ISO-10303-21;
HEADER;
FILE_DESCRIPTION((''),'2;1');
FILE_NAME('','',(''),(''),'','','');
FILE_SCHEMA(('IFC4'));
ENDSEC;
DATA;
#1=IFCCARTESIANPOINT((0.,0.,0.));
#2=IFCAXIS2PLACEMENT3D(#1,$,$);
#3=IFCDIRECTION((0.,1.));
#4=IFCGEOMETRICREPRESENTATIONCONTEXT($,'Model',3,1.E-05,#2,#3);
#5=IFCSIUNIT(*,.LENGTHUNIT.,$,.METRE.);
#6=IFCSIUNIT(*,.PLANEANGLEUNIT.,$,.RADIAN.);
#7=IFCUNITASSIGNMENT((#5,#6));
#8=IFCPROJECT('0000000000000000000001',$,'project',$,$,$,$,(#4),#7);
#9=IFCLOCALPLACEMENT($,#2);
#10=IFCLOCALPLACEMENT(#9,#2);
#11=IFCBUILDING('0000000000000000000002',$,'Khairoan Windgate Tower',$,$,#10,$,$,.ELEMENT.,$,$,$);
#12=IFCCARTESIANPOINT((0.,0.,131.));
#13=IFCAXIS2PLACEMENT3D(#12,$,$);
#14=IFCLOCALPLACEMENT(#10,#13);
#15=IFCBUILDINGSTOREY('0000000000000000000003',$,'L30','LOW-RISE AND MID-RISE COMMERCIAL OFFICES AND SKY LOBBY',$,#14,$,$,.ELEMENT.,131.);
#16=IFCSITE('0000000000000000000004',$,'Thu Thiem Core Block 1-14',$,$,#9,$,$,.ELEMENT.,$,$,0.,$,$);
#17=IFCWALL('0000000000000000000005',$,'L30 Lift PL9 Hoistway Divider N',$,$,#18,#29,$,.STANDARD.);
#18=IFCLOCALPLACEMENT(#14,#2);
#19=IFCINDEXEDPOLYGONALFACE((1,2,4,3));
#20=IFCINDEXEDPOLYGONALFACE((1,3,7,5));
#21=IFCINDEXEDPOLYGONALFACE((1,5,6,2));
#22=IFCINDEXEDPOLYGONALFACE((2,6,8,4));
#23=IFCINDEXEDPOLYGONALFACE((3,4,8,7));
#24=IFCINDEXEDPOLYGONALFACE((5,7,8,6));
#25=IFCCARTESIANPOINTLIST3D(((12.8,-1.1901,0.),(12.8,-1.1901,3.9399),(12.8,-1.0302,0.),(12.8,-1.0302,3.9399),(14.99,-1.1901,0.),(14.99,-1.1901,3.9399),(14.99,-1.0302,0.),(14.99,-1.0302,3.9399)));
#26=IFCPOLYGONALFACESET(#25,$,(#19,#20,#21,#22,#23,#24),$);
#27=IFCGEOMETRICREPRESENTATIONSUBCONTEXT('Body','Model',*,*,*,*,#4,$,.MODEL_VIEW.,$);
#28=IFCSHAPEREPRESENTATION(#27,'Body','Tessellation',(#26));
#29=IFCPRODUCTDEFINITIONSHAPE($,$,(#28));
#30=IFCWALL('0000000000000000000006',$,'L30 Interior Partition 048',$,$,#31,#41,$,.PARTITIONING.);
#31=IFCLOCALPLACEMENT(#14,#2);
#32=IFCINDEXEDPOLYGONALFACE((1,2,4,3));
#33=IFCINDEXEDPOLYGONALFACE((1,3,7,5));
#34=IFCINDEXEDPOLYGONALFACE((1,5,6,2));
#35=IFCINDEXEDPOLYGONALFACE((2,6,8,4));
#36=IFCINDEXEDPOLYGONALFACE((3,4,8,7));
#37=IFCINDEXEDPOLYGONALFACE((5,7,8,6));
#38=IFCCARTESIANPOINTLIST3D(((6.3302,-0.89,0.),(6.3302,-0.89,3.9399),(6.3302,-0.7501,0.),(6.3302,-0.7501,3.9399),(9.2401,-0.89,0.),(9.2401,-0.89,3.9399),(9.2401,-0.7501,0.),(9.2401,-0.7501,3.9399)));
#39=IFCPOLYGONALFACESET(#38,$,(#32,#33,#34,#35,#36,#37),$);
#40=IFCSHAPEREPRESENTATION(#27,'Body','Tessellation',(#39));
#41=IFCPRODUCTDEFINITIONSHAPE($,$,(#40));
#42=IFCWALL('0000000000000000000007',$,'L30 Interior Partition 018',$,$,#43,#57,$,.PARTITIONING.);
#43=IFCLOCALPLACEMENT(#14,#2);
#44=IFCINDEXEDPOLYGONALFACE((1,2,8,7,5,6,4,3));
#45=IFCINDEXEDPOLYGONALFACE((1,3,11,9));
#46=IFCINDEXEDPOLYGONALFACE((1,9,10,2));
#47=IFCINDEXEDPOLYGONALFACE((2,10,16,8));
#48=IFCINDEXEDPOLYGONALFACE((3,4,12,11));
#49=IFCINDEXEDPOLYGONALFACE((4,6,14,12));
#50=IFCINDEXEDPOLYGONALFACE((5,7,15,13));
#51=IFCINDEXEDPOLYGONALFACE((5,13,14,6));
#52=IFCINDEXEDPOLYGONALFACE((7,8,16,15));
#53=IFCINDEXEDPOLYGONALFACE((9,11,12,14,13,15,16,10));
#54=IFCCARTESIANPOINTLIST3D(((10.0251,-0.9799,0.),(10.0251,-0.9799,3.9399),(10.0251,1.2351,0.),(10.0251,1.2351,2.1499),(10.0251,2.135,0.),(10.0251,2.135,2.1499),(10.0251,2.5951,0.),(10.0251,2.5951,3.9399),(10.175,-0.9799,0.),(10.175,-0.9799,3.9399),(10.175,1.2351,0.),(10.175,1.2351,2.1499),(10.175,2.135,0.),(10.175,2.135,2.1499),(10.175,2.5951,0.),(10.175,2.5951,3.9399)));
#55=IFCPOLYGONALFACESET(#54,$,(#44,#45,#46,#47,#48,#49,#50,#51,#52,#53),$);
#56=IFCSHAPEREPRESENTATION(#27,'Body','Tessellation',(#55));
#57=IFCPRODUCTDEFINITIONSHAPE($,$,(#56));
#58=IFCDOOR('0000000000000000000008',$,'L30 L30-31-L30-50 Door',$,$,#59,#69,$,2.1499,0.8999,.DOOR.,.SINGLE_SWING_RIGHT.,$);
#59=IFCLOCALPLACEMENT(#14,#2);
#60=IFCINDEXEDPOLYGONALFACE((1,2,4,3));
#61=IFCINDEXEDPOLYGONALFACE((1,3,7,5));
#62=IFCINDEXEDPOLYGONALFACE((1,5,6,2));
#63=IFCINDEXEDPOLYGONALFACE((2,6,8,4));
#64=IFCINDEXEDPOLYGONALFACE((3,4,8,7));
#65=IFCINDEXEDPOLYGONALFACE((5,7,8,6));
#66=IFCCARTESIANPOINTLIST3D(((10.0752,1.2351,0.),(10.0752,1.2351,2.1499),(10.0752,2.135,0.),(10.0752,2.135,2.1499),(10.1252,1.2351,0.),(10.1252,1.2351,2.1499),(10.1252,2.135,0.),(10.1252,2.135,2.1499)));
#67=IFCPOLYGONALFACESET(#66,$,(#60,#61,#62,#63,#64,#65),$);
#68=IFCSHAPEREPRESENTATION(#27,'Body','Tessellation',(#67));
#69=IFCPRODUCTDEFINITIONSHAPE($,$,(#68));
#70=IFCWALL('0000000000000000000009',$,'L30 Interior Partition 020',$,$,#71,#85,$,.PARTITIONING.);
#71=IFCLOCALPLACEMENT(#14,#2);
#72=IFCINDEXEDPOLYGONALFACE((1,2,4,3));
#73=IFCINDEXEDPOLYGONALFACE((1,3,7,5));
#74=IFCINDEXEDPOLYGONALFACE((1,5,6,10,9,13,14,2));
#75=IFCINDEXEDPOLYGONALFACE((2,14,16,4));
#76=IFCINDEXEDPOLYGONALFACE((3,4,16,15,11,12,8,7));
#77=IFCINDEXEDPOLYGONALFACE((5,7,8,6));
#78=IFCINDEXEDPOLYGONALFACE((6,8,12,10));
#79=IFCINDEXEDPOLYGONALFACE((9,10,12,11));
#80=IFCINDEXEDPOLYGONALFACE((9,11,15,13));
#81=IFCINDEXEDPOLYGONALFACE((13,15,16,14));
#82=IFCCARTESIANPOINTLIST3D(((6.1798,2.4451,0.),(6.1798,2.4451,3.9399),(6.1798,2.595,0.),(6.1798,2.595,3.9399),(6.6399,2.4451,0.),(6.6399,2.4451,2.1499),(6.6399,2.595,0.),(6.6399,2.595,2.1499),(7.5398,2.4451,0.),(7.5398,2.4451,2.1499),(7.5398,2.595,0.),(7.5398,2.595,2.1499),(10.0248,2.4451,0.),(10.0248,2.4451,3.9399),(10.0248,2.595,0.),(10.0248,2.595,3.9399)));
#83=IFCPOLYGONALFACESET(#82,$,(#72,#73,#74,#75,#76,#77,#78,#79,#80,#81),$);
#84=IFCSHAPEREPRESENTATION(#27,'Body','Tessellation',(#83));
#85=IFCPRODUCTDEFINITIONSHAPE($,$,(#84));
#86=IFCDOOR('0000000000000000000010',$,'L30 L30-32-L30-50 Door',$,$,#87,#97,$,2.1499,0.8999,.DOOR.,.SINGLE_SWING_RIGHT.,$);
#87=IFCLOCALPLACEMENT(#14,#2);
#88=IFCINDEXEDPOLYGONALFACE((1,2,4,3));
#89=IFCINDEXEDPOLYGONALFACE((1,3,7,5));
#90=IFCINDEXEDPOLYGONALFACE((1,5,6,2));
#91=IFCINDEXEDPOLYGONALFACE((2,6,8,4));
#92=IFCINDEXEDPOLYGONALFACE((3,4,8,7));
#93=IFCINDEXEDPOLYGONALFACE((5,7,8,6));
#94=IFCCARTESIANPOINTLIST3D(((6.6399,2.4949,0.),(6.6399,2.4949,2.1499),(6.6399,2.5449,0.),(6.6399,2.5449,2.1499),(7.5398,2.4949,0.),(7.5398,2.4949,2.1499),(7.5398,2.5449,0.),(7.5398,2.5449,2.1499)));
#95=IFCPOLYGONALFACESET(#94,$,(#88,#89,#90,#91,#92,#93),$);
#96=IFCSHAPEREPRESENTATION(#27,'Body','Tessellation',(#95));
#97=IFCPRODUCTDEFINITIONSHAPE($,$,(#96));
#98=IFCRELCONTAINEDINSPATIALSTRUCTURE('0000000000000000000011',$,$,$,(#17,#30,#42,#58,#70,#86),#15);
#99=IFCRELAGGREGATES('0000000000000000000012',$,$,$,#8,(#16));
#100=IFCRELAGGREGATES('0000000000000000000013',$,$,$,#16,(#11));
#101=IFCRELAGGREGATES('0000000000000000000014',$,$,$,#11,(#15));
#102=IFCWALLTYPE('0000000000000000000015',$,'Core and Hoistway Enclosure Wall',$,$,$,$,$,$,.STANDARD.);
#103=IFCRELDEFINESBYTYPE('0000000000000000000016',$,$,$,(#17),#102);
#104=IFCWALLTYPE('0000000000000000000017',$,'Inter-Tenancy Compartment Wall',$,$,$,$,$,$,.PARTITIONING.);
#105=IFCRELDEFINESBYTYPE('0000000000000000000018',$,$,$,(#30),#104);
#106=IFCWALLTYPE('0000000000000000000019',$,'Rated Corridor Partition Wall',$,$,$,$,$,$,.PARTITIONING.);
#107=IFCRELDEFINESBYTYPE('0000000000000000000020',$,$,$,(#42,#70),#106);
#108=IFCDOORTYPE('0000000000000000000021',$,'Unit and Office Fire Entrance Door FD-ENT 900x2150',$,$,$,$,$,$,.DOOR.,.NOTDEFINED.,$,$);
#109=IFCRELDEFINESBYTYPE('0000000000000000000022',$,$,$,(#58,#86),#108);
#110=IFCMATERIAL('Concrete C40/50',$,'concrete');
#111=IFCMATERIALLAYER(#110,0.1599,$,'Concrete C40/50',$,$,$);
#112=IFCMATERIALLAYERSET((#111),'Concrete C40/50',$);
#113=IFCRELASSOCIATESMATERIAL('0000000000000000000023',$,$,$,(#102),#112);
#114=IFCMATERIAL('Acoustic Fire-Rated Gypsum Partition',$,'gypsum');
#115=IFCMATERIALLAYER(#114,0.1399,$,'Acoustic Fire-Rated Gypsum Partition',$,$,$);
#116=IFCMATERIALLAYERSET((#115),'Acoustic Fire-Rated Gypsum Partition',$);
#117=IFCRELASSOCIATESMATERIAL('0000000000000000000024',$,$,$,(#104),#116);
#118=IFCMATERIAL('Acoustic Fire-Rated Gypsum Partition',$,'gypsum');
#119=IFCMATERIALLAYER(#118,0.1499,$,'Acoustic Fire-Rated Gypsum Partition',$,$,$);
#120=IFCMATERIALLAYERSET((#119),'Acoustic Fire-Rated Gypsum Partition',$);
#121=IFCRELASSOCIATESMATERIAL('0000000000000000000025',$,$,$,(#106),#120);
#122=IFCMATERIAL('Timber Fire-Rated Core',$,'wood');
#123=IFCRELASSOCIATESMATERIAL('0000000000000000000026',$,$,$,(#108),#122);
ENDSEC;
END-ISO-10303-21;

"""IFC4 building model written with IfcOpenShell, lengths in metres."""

from ifc_helpers import new_model, si_unit, direction, frame, frame_2d, origin, place, context, subcontext, project, spatial, rectangle, extrude, material, layer, layer_set, type_object, element, fill, save


model = new_model("IFC4")

# Units and contexts
model_context = context("Model", 3, precision=1e-05, world=origin(), true_north=direction((0.0, 1.0)))
body_context = subcontext(model_context, "Body", "Model", "MODEL_VIEW")
ifc_project = project(units=[si_unit("LENGTHUNIT", "METRE"), si_unit("PLANEANGLEUNIT", "RADIAN")], contexts=[model_context])

# Site, building, storey
site_placement = place(None, origin())
site = spatial("IfcSite", under=ifc_project, at=site_placement, Name="Thu Thiem Core Block 1-14", CompositionType="ELEMENT", RefElevation=0.0)
building_placement = place(site_placement, origin())
building = spatial("IfcBuilding", under=site, at=building_placement, Name="Khairoan Windgate Tower", CompositionType="ELEMENT")
storey_placement = place(building_placement, frame((0.0, 0.0, 131.0)))
storey = spatial("IfcBuildingStorey", under=building, at=storey_placement, Name="L30", Description="LOW-RISE AND MID-RISE COMMERCIAL OFFICES AND SKY LOBBY", CompositionType="ELEMENT", Elevation=131.0)

# Walls
ifc_material_1 = material(Name="Concrete C40/50", Category="concrete")
ifc_layer_1 = layer(ifc_material_1, 0.1599, Name="Concrete C40/50")
ifc_layer_set_1 = layer_set([ifc_layer_1], Name="Concrete C40/50")
wall_type_1 = type_object("IfcWallType", Name="Core and Hoistway Enclosure Wall", PredefinedType="STANDARD", material=ifc_layer_set_1)
for number, where, z_axis, x_axis, name in (
    (1, (12.8, -1.1101, 0.0), (0.0, 0.0, 1.0), (1.0, 0.0, 0.0), "L30 Lift PL9 Hoistway Divider N"),
):
    element("IfcWall", number, at=place(storey_placement, frame(where, z_axis=z_axis, x_axis=x_axis)), inside=storey, type_object=wall_type_1, Name=name, PredefinedType="STANDARD", context=body_context, shape_type="SweptSolid", body=[
        extrude(rectangle(XDim=2.1899, YDim=0.1599, at=frame_2d((1.095, 0.0))), origin(), (0.0, 0.0, 1.0), 3.9399),
    ])
ifc_material_2 = material(Name="Acoustic Fire-Rated Gypsum Partition", Category="gypsum")
ifc_layer_2 = layer(ifc_material_2, 0.1399, Name="Acoustic Fire-Rated Gypsum Partition")
ifc_layer_set_2 = layer_set([ifc_layer_2], Name="Acoustic Fire-Rated Gypsum Partition")
wall_type_2 = type_object("IfcWallType", Name="Inter-Tenancy Compartment Wall", PredefinedType="PARTITIONING", material=ifc_layer_set_2)
wall_1_placement = place(storey_placement, frame((6.3301, -0.8201, 0.0), z_axis=(0.0, 0.0, 1.0), x_axis=(1.0, 0.0, 0.0)))
element("IfcWall", 2, at=wall_1_placement, inside=storey, type_object=wall_type_2, Name="L30 Interior Partition 048", PredefinedType="PARTITIONING", context=body_context, shape_type="SweptSolid", body=[
    extrude(rectangle(XDim=2.9099, YDim=0.1399, at=frame_2d((1.4551, 0.0))), origin(), (0.0, 0.0, 1.0), 3.9399),
])

# Walls, openings, doors
ifc_material_3 = material(Name="Acoustic Fire-Rated Gypsum Partition", Category="gypsum")
ifc_layer_3 = layer(ifc_material_3, 0.1499, Name="Acoustic Fire-Rated Gypsum Partition")
ifc_layer_set_3 = layer_set([ifc_layer_3], Name="Acoustic Fire-Rated Gypsum Partition")
wall_type_3 = type_object("IfcWallType", Name="Rated Corridor Partition Wall", PredefinedType="PARTITIONING", material=ifc_layer_set_3)
wall_2_placement = place(storey_placement, frame((10.1001, -0.98, 0.0), z_axis=(0.0, 0.0, 1.0), x_axis=(0.0, 1.0, 0.0)))
wall_2 = element("IfcWall", 3, at=wall_2_placement, inside=storey, type_object=wall_type_3, Name="L30 Interior Partition 018", PredefinedType="PARTITIONING", context=body_context, shape_type="SweptSolid", body=[
    extrude(rectangle(XDim=3.575, YDim=0.1499, at=frame_2d((1.7876, 0.0))), origin(), (0.0, 0.0, 1.0), 3.9399),
])
opening_1_placement = place(wall_2_placement, frame((2.2151, 0.0, 0.0)))
opening_1 = element("IfcOpeningElement", 4, at=opening_1_placement, cuts=wall_2, PredefinedType="OPENING", context=body_context, shape_type="SweptSolid", body=[
    extrude(rectangle(XDim=0.8999, YDim=2.1499, at=frame_2d((0.45, 1.075))), frame((0.0, 0.085, 0.0), z_axis=(0.0, -1.0, 0.0), x_axis=(1.0, 0.0, 0.0)), (0.0, 0.0, 1.0), 0.1699),
])
ifc_material_4 = material(Name="Timber Fire-Rated Core", Category="wood")
door_type = type_object("IfcDoorType", Name="Unit and Office Fire Entrance Door FD-ENT 900x2150", OperationType="NOTDEFINED", PredefinedType="DOOR", material=ifc_material_4)
door_1_placement = place(opening_1_placement, origin())
door_1 = element("IfcDoor", 5, at=door_1_placement, inside=storey, type_object=door_type, Name="L30 L30-31-L30-50 Door", OperationType="SINGLE_SWING_RIGHT", OverallHeight=2.1499, OverallWidth=0.8999, PredefinedType="DOOR", context=body_context, shape_type="SweptSolid", body=[
    extrude(rectangle(XDim=0.8999, YDim=2.1499, at=frame_2d((0.45, 1.075))), frame((0.0, 0.0249, 0.0), z_axis=(0.0, -1.0, 0.0), x_axis=(1.0, 0.0, 0.0)), (0.0, 0.0, 1.0), 0.05),
])
fill(opening_1, door_1)
wall_3_placement = place(storey_placement, frame((6.1799, 2.52, 0.0), z_axis=(0.0, 0.0, 1.0), x_axis=(1.0, 0.0, 0.0)))
wall_3 = element("IfcWall", 6, at=wall_3_placement, inside=storey, type_object=wall_type_3, Name="L30 Interior Partition 020", PredefinedType="PARTITIONING", context=body_context, shape_type="SweptSolid", body=[
    extrude(rectangle(XDim=3.845, YDim=0.1499, at=frame_2d((1.9224, 0.0))), origin(), (0.0, 0.0, 1.0), 3.9399),
])
opening_2_placement = place(wall_3_placement, frame((0.46, 0.0, 0.0)))
opening_2 = element("IfcOpeningElement", 7, at=opening_2_placement, cuts=wall_3, PredefinedType="OPENING", context=body_context, shape_type="SweptSolid", body=[
    extrude(rectangle(XDim=0.8999, YDim=2.1499, at=frame_2d((0.45, 1.075))), frame((0.0, 0.085, 0.0), z_axis=(0.0, -1.0, 0.0), x_axis=(1.0, 0.0, 0.0)), (0.0, 0.0, 1.0), 0.1699),
])
door_2_placement = place(opening_2_placement, origin())
door_2 = element("IfcDoor", 8, at=door_2_placement, inside=storey, type_object=door_type, Name="L30 L30-32-L30-50 Door", OperationType="SINGLE_SWING_RIGHT", OverallHeight=2.1499, OverallWidth=0.8999, PredefinedType="DOOR", context=body_context, shape_type="SweptSolid", body=[
    extrude(rectangle(XDim=0.8999, YDim=2.1499, at=frame_2d((0.45, 1.075))), frame((0.0, 0.0249, 0.0), z_axis=(0.0, -1.0, 0.0), x_axis=(1.0, 0.0, 0.0)), (0.0, 0.0, 1.0), 0.05),
])
fill(opening_2, door_2)

save(model, "model.ifc")
